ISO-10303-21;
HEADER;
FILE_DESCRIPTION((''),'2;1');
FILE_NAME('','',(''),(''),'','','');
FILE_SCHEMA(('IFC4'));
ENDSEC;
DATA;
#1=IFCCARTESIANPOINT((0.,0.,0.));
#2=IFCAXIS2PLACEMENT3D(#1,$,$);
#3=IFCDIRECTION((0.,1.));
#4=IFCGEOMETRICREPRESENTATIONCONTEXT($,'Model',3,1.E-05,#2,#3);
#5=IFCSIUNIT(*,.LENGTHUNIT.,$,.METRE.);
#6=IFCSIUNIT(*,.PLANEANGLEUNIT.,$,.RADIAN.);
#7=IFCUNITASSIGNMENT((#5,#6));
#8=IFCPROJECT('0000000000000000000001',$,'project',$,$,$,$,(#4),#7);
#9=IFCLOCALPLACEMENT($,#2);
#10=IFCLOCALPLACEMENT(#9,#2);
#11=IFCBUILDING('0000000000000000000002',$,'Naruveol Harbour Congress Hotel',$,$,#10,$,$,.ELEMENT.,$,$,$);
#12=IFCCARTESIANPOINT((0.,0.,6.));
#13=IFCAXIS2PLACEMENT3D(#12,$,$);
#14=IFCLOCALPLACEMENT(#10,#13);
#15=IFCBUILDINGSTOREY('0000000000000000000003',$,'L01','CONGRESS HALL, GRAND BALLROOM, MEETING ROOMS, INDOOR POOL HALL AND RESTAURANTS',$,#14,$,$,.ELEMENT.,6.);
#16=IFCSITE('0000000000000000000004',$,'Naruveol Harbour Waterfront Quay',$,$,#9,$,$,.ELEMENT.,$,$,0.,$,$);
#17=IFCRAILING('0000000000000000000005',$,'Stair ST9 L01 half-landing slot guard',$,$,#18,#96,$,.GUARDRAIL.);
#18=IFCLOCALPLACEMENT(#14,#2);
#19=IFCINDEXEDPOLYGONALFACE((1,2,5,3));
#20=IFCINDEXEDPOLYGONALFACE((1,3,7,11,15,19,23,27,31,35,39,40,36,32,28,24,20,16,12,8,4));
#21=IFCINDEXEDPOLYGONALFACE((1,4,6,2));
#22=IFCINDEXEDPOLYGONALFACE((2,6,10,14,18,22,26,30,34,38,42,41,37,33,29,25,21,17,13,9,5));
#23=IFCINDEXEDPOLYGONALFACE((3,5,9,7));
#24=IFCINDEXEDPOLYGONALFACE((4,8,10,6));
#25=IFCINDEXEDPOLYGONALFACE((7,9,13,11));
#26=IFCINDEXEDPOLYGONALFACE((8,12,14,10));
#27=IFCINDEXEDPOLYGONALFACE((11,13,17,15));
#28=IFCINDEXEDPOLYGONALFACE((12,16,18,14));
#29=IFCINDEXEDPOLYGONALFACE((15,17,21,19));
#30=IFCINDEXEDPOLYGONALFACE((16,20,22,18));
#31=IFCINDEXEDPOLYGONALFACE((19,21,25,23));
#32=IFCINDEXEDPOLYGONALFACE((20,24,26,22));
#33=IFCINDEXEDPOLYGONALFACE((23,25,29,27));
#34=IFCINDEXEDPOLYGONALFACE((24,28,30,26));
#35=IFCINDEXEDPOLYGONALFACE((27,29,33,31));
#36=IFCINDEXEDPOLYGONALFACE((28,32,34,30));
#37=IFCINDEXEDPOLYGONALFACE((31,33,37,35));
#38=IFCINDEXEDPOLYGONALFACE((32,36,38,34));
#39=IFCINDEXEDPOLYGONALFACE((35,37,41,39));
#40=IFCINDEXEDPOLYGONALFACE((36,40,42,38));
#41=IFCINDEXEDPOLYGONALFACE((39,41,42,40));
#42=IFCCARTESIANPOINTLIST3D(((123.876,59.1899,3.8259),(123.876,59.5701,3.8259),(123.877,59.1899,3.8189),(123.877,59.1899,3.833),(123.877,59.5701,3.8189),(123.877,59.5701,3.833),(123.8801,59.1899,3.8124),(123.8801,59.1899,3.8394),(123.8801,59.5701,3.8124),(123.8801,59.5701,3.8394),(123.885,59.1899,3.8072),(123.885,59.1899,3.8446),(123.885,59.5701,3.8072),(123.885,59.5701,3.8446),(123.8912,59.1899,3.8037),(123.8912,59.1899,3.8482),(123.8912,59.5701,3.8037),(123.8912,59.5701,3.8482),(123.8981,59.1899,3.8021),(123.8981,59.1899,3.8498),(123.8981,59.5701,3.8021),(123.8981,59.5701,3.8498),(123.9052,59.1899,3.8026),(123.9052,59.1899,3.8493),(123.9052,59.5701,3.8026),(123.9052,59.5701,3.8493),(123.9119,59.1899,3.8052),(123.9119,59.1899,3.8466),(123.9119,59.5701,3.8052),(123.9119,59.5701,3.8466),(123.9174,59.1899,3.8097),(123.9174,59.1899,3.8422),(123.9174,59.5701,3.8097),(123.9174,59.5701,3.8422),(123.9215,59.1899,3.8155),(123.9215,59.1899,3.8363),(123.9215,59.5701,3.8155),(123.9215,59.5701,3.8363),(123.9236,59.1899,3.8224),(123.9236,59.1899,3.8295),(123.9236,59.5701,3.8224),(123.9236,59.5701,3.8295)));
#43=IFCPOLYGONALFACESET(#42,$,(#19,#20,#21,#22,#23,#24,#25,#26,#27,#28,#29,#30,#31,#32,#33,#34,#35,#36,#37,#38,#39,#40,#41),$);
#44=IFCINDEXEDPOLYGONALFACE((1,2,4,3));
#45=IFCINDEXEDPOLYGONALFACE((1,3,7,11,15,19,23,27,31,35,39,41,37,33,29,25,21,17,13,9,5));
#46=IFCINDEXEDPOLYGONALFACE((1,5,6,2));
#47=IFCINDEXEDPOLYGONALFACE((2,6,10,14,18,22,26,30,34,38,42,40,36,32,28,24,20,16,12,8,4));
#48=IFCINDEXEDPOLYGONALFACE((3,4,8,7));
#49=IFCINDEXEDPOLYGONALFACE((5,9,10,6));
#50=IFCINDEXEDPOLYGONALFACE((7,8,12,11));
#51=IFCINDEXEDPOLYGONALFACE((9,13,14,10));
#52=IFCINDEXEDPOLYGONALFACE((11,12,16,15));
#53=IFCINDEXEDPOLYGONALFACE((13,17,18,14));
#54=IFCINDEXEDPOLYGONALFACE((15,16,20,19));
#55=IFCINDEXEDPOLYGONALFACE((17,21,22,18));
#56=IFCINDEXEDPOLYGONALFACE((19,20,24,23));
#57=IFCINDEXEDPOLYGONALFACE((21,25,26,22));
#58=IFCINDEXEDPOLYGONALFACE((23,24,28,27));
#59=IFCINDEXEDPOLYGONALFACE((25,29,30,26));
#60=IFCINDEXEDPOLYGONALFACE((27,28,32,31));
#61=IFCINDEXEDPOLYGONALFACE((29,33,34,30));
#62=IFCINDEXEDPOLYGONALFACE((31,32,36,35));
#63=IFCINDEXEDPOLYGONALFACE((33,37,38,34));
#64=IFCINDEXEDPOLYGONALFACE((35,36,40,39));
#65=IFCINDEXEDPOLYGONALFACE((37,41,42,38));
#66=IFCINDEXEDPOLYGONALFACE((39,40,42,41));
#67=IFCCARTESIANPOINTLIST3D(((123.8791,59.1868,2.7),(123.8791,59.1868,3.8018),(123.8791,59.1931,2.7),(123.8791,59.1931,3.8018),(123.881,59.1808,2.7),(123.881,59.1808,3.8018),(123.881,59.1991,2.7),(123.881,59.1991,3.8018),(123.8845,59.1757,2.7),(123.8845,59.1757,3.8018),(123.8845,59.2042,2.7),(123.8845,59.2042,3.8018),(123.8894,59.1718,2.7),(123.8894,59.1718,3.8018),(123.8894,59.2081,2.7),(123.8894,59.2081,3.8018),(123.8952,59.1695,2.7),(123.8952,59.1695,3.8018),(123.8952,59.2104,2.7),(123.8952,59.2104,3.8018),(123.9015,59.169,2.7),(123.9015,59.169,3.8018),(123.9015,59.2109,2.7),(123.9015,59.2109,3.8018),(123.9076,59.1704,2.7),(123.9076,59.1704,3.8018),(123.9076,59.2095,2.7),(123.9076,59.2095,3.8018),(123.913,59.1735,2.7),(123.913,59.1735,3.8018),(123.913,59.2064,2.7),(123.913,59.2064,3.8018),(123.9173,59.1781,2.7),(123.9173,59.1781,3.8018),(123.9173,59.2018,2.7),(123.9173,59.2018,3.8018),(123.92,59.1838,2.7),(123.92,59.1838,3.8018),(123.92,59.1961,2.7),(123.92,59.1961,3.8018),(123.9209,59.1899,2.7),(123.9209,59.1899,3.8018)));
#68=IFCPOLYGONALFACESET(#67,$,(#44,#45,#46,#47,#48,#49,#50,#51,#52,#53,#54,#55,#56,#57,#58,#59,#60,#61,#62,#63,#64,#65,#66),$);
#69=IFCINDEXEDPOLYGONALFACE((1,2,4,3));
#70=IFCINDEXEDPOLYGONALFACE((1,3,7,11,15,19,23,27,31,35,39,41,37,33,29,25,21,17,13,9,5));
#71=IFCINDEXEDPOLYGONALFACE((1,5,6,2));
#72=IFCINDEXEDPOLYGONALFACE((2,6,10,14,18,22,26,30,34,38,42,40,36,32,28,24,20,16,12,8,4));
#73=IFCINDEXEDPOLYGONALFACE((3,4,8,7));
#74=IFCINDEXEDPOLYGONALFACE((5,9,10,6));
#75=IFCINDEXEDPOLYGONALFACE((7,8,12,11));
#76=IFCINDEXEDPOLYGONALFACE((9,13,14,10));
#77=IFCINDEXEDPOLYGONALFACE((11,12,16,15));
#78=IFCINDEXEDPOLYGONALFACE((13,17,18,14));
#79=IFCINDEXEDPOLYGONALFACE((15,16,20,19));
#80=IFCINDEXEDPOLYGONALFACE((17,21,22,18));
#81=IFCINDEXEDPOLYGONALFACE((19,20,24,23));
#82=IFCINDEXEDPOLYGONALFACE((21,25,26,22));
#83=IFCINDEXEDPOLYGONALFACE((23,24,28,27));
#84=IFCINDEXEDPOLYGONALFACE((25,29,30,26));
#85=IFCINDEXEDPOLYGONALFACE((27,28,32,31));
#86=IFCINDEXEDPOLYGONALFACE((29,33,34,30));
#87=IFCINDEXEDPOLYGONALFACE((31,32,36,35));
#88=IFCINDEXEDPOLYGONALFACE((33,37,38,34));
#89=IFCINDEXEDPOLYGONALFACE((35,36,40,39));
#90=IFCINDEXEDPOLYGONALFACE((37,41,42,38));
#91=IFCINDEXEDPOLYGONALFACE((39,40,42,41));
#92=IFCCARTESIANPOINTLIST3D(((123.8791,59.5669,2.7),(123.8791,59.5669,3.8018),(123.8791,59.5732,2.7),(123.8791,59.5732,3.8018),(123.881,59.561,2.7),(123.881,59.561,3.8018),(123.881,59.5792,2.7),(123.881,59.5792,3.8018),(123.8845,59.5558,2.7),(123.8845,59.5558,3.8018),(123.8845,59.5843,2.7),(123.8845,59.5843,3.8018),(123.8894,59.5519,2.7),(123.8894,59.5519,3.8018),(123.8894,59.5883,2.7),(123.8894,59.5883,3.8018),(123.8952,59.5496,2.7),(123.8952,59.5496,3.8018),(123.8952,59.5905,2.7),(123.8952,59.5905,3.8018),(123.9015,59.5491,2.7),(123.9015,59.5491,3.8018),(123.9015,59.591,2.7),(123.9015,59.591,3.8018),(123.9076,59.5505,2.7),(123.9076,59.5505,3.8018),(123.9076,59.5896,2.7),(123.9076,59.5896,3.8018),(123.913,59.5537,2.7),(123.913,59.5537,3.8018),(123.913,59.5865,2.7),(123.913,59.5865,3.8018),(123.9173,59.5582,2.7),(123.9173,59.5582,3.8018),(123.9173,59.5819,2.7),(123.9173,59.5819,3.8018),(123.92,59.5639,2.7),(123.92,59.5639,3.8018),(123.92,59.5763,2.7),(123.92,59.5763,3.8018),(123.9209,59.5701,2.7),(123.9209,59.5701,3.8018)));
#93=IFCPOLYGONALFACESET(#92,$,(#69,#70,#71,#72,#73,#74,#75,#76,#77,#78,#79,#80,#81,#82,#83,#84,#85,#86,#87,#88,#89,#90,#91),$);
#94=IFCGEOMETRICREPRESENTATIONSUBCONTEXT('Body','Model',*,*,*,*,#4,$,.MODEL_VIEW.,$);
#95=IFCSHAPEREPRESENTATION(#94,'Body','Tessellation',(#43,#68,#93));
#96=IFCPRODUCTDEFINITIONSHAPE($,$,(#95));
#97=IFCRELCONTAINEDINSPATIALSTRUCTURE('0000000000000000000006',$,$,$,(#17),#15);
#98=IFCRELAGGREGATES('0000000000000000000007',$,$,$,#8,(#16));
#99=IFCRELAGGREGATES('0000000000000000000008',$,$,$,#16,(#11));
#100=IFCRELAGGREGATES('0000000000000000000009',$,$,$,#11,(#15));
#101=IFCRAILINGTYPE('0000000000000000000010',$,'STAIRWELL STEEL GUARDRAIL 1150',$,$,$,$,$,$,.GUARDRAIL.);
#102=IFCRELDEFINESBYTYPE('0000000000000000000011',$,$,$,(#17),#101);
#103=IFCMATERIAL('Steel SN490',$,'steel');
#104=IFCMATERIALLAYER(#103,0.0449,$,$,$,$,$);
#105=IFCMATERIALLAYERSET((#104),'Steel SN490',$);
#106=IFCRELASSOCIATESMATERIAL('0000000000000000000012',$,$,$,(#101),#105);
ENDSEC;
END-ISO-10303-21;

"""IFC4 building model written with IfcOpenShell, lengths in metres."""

from ifc_helpers import new_model, si_unit, direction, frame, origin, origin_2d, place, context, subcontext, project, spatial, circle, extrude, material, layer, layer_set, type_object, element, save


model = new_model("IFC4")

# Units and contexts
model_context = context("Model", 3, precision=1e-05, world=origin(), true_north=direction((0.0, 1.0)))
body_context = subcontext(model_context, "Body", "Model", "MODEL_VIEW")
ifc_project = project(units=[si_unit("LENGTHUNIT", "METRE"), si_unit("PLANEANGLEUNIT", "RADIAN")], contexts=[model_context])

# Site, building, storey
site_placement = place(None, origin())
site = spatial("IfcSite", under=ifc_project, at=site_placement, Name="Naruveol Harbour Waterfront Quay", CompositionType="ELEMENT", RefElevation=0.0)
building_placement = place(site_placement, origin())
building = spatial("IfcBuilding", under=site, at=building_placement, Name="Naruveol Harbour Congress Hotel", CompositionType="ELEMENT")
storey_placement = place(building_placement, frame((0.0, 0.0, 6.0)))
storey = spatial("IfcBuildingStorey", under=building, at=storey_placement, Name="L01", Description="CONGRESS HALL, GRAND BALLROOM, MEETING ROOMS, INDOOR POOL HALL AND RESTAURANTS", CompositionType="ELEMENT", Elevation=6.0)

# Railing
ifc_material_1 = material(Name="Steel SN490", Category="steel")
ifc_layer_1 = layer(ifc_material_1, 0.0449)
ifc_layer_set_1 = layer_set([ifc_layer_1], Name="Steel SN490")
railing_type_1 = type_object("IfcRailingType", Name="STAIRWELL STEEL GUARDRAIL 1150", PredefinedType="GUARDRAIL", material=ifc_layer_set_1)
railing_1_placement = place(storey_placement, frame((123.8999, 59.1899, 2.7)))
element("IfcRailing", 1, at=railing_1_placement, inside=storey, type_object=railing_type_1, Name="Stair ST9 L01 half-landing slot guard", PredefinedType="GUARDRAIL", context=body_context, shape_type="SweptSolid", body=[
    extrude(circle(Radius=0.0239, at=origin_2d()), frame((0.0, 0.0, 1.126), z_axis=(0.0, 1.0, 0.0), x_axis=(-1.0, 0.0, 0.0)), (0.0, 0.0, 1.0), 0.3801),
    extrude(circle(Radius=0.021, at=origin_2d()), origin(), (0.0, 0.0, 1.0), 1.1018),
    extrude(circle(Radius=0.021, at=origin_2d()), frame((0.0, 0.3801, 0.0)), (0.0, 0.0, 1.0), 1.1018),
])

save(model, "model.ifc")
